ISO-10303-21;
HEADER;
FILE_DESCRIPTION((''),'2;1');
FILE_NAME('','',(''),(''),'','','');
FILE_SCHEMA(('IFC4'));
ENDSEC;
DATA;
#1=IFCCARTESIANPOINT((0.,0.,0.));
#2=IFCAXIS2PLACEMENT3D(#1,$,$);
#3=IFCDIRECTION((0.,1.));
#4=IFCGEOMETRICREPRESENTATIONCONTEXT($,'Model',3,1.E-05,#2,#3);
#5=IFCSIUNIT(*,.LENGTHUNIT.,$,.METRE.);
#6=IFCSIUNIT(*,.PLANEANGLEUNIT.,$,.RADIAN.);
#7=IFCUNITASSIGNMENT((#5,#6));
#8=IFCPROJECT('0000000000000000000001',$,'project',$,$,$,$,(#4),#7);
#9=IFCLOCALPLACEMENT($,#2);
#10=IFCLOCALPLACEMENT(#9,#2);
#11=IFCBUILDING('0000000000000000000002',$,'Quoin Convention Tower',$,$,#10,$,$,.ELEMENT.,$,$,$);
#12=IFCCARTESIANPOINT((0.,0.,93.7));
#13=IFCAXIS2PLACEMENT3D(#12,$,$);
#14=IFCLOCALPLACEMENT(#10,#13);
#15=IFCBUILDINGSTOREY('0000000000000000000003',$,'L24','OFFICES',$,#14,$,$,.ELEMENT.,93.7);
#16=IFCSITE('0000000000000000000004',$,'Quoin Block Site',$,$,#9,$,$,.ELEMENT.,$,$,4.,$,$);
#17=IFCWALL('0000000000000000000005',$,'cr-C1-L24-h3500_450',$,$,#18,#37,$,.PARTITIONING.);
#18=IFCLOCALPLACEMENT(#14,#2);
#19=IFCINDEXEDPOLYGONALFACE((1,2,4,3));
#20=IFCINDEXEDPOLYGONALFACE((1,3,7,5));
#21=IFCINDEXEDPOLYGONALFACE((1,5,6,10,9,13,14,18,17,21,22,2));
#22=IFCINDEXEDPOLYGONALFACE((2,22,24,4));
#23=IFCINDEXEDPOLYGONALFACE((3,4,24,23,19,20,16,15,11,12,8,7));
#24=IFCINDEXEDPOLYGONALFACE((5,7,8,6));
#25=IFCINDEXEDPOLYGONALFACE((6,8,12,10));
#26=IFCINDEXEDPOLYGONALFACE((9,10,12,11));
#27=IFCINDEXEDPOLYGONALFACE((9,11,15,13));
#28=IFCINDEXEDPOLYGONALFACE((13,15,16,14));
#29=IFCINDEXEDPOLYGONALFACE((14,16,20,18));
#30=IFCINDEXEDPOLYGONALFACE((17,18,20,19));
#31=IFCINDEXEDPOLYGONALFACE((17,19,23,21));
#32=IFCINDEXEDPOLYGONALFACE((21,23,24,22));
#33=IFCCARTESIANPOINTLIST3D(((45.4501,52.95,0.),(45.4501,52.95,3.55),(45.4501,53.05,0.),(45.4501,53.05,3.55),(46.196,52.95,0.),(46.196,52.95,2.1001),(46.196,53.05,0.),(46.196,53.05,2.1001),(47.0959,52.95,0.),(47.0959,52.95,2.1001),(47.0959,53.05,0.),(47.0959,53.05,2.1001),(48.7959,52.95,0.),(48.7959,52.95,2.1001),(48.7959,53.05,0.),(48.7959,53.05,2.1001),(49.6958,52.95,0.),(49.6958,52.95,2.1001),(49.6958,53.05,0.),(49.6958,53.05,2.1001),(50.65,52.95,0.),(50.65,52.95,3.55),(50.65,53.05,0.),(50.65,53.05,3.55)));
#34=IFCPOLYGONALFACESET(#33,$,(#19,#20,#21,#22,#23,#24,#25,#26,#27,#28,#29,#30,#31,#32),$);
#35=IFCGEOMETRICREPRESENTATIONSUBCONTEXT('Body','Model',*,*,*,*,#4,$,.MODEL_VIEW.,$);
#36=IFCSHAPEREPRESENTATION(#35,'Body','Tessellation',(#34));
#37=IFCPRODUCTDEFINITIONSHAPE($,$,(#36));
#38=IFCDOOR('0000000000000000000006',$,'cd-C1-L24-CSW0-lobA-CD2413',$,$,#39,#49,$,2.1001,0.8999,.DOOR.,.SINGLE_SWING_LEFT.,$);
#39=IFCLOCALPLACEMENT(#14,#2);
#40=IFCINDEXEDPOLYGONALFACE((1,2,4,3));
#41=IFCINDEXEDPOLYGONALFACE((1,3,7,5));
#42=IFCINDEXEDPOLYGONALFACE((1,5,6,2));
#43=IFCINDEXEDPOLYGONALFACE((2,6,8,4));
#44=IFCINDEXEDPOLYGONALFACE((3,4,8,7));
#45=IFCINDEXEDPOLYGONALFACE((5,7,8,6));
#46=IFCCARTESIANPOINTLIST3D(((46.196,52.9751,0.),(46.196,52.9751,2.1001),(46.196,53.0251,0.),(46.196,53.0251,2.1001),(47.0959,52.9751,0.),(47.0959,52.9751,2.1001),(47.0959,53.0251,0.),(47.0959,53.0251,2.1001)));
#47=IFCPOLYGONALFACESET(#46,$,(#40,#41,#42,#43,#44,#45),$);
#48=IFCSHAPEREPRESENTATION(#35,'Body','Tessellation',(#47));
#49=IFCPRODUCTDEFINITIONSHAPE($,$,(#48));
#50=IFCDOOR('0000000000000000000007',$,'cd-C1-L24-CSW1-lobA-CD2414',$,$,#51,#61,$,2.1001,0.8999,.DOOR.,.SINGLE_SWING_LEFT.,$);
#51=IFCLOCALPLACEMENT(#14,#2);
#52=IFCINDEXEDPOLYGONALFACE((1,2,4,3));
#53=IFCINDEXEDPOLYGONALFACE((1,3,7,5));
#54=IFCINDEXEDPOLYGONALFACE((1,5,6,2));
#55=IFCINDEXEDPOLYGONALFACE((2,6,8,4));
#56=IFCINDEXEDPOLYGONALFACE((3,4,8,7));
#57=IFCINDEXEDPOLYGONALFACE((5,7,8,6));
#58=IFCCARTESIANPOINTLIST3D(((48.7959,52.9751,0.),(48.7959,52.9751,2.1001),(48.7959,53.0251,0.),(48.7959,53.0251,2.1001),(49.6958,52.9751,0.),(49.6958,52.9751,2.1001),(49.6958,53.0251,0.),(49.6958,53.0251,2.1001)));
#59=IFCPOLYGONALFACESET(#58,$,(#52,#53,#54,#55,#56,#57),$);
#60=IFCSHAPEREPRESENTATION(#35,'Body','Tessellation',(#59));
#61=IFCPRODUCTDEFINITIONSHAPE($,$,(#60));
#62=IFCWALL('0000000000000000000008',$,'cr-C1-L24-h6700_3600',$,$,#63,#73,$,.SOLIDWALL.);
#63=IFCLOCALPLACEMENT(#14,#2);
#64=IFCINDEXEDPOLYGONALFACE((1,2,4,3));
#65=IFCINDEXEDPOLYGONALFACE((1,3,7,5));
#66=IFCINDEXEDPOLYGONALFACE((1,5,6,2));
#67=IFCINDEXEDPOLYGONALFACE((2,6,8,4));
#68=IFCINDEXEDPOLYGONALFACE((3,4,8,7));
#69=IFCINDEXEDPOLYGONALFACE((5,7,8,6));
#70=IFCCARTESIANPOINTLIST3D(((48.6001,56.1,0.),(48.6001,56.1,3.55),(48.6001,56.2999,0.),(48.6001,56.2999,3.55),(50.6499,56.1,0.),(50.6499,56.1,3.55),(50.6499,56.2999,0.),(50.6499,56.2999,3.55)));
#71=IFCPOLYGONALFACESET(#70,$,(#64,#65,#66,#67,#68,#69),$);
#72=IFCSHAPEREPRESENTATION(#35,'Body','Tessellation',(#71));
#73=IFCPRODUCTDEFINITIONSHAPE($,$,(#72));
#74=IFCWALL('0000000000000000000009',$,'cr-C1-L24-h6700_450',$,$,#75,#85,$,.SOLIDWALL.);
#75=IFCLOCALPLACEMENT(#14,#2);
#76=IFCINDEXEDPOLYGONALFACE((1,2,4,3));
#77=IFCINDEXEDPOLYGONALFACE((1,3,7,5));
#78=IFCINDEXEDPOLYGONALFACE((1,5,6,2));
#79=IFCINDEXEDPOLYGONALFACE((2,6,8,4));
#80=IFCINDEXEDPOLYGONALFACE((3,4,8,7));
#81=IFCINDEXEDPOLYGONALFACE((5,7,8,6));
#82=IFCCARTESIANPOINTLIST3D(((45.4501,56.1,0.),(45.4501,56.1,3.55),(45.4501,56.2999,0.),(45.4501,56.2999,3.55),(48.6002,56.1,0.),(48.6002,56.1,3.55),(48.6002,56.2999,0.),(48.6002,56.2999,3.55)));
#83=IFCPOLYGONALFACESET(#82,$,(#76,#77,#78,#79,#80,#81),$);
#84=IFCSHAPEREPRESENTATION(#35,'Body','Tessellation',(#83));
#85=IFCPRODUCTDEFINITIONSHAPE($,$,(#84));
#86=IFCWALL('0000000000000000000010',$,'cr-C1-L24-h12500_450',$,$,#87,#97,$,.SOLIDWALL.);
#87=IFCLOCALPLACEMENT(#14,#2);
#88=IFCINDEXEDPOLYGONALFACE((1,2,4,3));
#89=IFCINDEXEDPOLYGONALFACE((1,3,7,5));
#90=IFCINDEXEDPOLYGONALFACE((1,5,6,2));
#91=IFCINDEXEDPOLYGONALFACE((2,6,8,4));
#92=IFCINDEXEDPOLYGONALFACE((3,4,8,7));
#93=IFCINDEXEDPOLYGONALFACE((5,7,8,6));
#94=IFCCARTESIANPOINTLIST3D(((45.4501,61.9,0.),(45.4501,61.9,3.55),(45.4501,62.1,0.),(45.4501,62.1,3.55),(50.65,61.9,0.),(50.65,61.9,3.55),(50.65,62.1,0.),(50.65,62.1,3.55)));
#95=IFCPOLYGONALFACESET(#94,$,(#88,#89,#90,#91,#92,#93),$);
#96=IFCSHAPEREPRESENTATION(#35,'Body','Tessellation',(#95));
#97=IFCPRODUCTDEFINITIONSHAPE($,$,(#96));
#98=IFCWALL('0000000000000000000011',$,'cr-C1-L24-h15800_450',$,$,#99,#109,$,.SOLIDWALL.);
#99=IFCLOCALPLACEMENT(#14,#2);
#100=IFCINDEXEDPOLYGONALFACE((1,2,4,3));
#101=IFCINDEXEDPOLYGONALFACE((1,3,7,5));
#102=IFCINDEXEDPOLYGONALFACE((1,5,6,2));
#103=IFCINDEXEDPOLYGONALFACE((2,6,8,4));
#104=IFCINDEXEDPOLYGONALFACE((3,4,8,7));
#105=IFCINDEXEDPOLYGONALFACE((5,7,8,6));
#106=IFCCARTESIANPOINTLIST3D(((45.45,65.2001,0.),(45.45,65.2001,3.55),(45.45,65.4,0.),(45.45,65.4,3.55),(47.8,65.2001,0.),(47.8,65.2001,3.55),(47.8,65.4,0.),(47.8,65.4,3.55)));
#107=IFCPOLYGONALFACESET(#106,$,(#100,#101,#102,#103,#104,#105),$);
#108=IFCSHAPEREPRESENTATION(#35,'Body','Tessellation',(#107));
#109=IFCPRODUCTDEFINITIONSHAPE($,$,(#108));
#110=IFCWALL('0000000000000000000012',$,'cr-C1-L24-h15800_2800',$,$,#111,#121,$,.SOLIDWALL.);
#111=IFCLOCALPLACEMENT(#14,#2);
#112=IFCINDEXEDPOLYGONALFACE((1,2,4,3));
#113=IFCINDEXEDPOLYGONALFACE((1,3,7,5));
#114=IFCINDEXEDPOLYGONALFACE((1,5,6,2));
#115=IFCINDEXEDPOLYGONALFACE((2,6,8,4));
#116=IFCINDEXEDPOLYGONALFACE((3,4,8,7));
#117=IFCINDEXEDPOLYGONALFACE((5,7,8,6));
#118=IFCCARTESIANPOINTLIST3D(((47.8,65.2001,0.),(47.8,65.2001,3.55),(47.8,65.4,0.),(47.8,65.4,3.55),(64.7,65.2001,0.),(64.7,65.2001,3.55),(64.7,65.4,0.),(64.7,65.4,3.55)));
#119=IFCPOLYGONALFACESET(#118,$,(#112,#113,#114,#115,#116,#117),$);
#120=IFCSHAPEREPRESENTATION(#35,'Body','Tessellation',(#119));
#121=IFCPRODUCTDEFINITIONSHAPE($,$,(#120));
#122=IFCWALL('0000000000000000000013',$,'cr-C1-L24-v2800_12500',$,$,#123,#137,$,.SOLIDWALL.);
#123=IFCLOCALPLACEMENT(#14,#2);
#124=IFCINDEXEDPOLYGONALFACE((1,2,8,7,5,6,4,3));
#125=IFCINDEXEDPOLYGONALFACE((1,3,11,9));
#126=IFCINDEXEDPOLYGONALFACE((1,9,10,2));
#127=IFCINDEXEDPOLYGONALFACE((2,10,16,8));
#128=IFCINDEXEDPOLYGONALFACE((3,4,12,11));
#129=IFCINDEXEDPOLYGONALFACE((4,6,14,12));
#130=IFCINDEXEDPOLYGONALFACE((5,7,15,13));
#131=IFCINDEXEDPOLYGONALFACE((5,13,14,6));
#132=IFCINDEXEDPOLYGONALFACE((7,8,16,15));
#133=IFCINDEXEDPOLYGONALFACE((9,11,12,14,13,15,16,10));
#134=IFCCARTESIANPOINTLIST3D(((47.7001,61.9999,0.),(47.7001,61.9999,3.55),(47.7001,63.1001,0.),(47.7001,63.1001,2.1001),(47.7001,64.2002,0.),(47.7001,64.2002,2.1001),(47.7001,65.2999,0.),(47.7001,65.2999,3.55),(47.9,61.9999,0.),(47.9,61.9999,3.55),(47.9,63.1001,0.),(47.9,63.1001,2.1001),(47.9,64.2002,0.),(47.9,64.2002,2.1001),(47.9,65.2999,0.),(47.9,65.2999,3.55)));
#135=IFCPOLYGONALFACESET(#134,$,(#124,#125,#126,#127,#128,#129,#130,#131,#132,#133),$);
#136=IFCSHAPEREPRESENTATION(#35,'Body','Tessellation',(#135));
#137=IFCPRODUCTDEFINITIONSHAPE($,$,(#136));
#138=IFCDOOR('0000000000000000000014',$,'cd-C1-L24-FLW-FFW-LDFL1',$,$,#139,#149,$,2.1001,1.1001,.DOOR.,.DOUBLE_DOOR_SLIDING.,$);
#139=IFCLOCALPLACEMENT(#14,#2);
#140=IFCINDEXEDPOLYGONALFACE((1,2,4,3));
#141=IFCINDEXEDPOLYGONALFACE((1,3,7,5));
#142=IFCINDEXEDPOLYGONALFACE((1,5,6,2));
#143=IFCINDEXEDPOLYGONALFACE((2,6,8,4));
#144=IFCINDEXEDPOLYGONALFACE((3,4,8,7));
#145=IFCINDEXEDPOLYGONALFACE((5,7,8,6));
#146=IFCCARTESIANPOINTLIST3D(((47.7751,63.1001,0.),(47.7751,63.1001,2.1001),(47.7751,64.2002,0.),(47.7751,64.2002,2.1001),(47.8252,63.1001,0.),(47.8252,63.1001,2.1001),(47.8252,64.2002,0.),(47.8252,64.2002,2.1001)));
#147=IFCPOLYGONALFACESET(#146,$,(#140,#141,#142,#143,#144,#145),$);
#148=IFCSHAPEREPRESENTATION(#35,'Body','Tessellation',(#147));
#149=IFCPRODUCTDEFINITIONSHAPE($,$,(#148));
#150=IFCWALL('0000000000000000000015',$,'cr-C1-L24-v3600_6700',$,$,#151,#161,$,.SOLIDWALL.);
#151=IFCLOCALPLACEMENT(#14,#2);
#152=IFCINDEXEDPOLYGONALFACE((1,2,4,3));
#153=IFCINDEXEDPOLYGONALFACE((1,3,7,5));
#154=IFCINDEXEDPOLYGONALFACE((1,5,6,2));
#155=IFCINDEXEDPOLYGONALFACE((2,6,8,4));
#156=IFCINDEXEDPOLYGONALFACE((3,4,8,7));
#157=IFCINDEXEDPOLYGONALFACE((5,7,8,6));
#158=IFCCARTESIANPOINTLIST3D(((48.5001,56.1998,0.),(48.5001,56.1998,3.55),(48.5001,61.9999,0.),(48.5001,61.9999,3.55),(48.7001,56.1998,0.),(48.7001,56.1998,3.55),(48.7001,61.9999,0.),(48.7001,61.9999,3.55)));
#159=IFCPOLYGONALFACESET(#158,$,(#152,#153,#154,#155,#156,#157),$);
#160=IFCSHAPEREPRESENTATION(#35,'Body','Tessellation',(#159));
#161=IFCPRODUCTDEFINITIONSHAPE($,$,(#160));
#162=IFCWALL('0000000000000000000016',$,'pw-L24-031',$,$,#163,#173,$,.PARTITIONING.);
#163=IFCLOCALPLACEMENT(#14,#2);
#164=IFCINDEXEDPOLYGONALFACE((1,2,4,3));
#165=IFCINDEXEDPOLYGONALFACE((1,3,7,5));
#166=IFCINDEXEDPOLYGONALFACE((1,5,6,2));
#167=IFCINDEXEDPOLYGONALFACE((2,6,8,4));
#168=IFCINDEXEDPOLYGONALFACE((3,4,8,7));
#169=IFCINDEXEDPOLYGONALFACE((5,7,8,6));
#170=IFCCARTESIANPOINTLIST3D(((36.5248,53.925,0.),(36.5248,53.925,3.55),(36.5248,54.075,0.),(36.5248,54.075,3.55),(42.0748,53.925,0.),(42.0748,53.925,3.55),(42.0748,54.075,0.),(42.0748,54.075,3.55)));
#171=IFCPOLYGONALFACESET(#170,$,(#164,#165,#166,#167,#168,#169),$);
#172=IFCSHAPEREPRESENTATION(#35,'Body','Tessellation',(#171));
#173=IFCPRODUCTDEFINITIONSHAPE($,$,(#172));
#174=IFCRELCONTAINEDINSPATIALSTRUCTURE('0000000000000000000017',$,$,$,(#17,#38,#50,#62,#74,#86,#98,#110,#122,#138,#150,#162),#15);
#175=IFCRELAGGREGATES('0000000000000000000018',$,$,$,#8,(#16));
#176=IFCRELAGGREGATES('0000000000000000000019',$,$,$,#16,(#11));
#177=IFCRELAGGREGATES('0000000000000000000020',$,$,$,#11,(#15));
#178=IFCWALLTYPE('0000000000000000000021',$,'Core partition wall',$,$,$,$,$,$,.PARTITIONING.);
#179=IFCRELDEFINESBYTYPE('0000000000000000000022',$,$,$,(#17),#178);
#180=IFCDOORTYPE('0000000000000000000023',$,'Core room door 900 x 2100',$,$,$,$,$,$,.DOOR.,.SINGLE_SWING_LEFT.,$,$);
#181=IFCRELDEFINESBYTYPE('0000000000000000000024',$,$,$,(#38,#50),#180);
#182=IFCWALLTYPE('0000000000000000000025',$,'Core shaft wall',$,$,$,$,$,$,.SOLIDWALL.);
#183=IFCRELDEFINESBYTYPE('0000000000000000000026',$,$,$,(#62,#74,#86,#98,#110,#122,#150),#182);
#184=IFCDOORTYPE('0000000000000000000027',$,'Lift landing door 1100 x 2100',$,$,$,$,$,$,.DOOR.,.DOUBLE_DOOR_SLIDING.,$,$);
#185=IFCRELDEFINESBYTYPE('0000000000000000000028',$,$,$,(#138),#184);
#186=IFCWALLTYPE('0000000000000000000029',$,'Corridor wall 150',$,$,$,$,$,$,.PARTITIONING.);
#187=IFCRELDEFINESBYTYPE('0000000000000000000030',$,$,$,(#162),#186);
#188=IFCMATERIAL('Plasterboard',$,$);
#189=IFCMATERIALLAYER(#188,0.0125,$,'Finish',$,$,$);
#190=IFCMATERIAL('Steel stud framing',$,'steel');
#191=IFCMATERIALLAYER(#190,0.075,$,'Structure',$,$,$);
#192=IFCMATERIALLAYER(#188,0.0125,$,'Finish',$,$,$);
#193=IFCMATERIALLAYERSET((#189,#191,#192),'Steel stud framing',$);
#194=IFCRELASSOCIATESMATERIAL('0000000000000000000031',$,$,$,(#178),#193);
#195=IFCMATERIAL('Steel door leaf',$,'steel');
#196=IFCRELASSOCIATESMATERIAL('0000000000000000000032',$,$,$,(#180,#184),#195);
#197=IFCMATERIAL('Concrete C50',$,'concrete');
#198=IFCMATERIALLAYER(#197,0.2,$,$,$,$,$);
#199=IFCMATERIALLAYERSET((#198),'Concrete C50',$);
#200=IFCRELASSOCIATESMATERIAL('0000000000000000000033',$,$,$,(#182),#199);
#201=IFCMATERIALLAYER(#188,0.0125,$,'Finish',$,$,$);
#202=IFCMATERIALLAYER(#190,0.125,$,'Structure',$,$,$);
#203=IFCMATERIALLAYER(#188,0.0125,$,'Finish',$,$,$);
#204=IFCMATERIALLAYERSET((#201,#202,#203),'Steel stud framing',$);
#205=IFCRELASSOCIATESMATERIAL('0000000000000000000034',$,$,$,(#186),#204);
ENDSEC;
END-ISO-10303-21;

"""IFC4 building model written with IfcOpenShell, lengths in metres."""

from ifc_helpers import new_model, si_unit, direction, frame, frame_2d, origin, place, context, subcontext, project, spatial, rectangle, extrude, material, layer, layer_set, type_object, element, fill, save


model = new_model("IFC4")

# Units and contexts
model_context = context("Model", 3, precision=1e-05, world=origin(), true_north=direction((0.0, 1.0)))
body_context = subcontext(model_context, "Body", "Model", "MODEL_VIEW")
ifc_project = project(units=[si_unit("LENGTHUNIT", "METRE"), si_unit("PLANEANGLEUNIT", "RADIAN")], contexts=[model_context])

# Site, building, storey
site_placement = place(None, origin())
site = spatial("IfcSite", under=ifc_project, at=site_placement, Name="Quoin Block Site", CompositionType="ELEMENT", RefElevation=4.0)
building_placement = place(site_placement, origin())
building = spatial("IfcBuilding", under=site, at=building_placement, Name="Quoin Convention Tower", CompositionType="ELEMENT")
storey_placement = place(building_placement, frame((0.0, 0.0, 93.7)))
storey = spatial("IfcBuildingStorey", under=building, at=storey_placement, Name="L24", Description="OFFICES", CompositionType="ELEMENT", Elevation=93.7)

# Wall, openings, doors
ifc_material_1 = material(Name="Plasterboard")
ifc_layer_1 = layer(ifc_material_1, 0.0125, Name="Finish")
ifc_material_2 = material(Name="Steel stud framing", Category="steel")
ifc_layer_2 = layer(ifc_material_2, 0.075, Name="Structure")
ifc_layer_3 = layer(ifc_material_1, 0.0125, Name="Finish")
ifc_layer_set_1 = layer_set([ifc_layer_1, ifc_layer_2, ifc_layer_3], Name="Steel stud framing")
wall_type_1 = type_object("IfcWallType", Name="Core partition wall", PredefinedType="PARTITIONING", material=ifc_layer_set_1)
wall_1_placement = place(storey_placement, frame((45.45, 53.0, 0.0), z_axis=(0.0, 0.0, 1.0), x_axis=(1.0, 0.0, 0.0)))
wall_1 = element("IfcWall", 1, at=wall_1_placement, inside=storey, type_object=wall_type_1, Name="cr-C1-L24-h3500_450", PredefinedType="PARTITIONING", context=body_context, shape_type="SweptSolid", body=[
    extrude(rectangle(XDim=5.2, YDim=0.1001, at=frame_2d((2.6001, 0.0))), origin(), (0.0, 0.0, 1.0), 3.55),
])
opening_1_placement = place(wall_1_placement, frame((0.7461, 0.0, 0.0)))
opening_1 = element("IfcOpeningElement", 2, at=opening_1_placement, cuts=wall_1, PredefinedType="OPENING", context=body_context, shape_type="SweptSolid", body=[
    extrude(rectangle(XDim=0.8999, YDim=2.1001, at=frame_2d((0.45, 1.05))), frame((0.0, 0.0601, 0.0), z_axis=(0.0, -1.0, 0.0), x_axis=(1.0, 0.0, 0.0)), (0.0, 0.0, 1.0), 0.1201),
])
opening_2_placement = place(wall_1_placement, frame((3.3459, 0.0, 0.0)))
opening_2 = element("IfcOpeningElement", 3, at=opening_2_placement, cuts=wall_1, PredefinedType="OPENING", context=body_context, shape_type="SweptSolid", body=[
    extrude(rectangle(XDim=0.8999, YDim=2.1001, at=frame_2d((0.45, 1.05))), frame((0.0, 0.0601, 0.0), z_axis=(0.0, -1.0, 0.0), x_axis=(1.0, 0.0, 0.0)), (0.0, 0.0, 1.0), 0.1201),
])
ifc_material_3 = material(Name="Steel door leaf", Category="steel")
door_type_1 = type_object("IfcDoorType", Name="Core room door 900 x 2100", OperationType="SINGLE_SWING_LEFT", PredefinedType="DOOR", material=ifc_material_3)
door_1_placement = place(opening_1_placement, frame((0.8999, 0.0, 0.0), z_axis=(0.0, 0.0, 1.0), x_axis=(-1.0, 0.0, 0.0)))
door_1 = element("IfcDoor", 4, at=door_1_placement, inside=storey, type_object=door_type_1, Name="cd-C1-L24-CSW0-lobA-CD2413", OperationType="SINGLE_SWING_LEFT", OverallHeight=2.1001, OverallWidth=0.8999, PredefinedType="DOOR", context=body_context, shape_type="SweptSolid", body=[
    extrude(rectangle(XDim=0.8999, YDim=2.1001, at=frame_2d((0.45, 1.05))), frame((0.0, 0.0249, 0.0), z_axis=(0.0, -1.0, 0.0), x_axis=(1.0, 0.0, 0.0)), (0.0, 0.0, 1.0), 0.05),
])
fill(opening_1, door_1)
door_2_placement = place(opening_2_placement, frame((0.8999, 0.0, 0.0), z_axis=(0.0, 0.0, 1.0), x_axis=(-1.0, 0.0, 0.0)))
door_2 = element("IfcDoor", 5, at=door_2_placement, inside=storey, type_object=door_type_1, Name="cd-C1-L24-CSW1-lobA-CD2414", OperationType="SINGLE_SWING_LEFT", OverallHeight=2.1001, OverallWidth=0.8999, PredefinedType="DOOR", context=body_context, shape_type="SweptSolid", body=[
    extrude(rectangle(XDim=0.8999, YDim=2.1001, at=frame_2d((0.45, 1.05))), frame((0.0, 0.0249, 0.0), z_axis=(0.0, -1.0, 0.0), x_axis=(1.0, 0.0, 0.0)), (0.0, 0.0, 1.0), 0.05),
])
fill(opening_2, door_2)

# Walls
ifc_material_4 = material(Name="Concrete C50", Category="concrete")
ifc_layer_4 = layer(ifc_material_4, 0.2)
ifc_layer_set_2 = layer_set([ifc_layer_4], Name="Concrete C50")
wall_type_2 = type_object("IfcWallType", Name="Core shaft wall", PredefinedType="SOLIDWALL", material=ifc_layer_set_2)
wall_2_placement = place(storey_placement, frame((48.6001, 56.2, 0.0), z_axis=(0.0, 0.0, 1.0), x_axis=(1.0, 0.0, 0.0)))
element("IfcWall", 6, at=wall_2_placement, inside=storey, type_object=wall_type_2, Name="cr-C1-L24-h6700_3600", PredefinedType="SOLIDWALL", context=body_context, shape_type="SweptSolid", body=[
    extrude(rectangle(XDim=2.0498, YDim=0.2, at=frame_2d((1.0249, 0.0))), origin(), (0.0, 0.0, 1.0), 3.55),
])
wall_3_placement = place(storey_placement, frame((45.45, 56.2, 0.0), z_axis=(0.0, 0.0, 1.0), x_axis=(1.0, 0.0, 0.0)))
element("IfcWall", 7, at=wall_3_placement, inside=storey, type_object=wall_type_2, Name="cr-C1-L24-h6700_450", PredefinedType="SOLIDWALL", context=body_context, shape_type="SweptSolid", body=[
    extrude(rectangle(XDim=3.1501, YDim=0.2, at=frame_2d((1.5752, 0.0))), origin(), (0.0, 0.0, 1.0), 3.55),
])
wall_4_placement = place(storey_placement, frame((45.45, 62.0, 0.0), z_axis=(0.0, 0.0, 1.0), x_axis=(1.0, 0.0, 0.0)))
element("IfcWall", 8, at=wall_4_placement, inside=storey, type_object=wall_type_2, Name="cr-C1-L24-h12500_450", PredefinedType="SOLIDWALL", context=body_context, shape_type="SweptSolid", body=[
    extrude(rectangle(XDim=5.2, YDim=0.2, at=frame_2d((2.6001, 0.0))), origin(), (0.0, 0.0, 1.0), 3.55),
])
wall_5_placement = place(storey_placement, frame((45.45, 65.3, 0.0), z_axis=(0.0, 0.0, 1.0), x_axis=(1.0, 0.0, 0.0)))
element("IfcWall", 9, at=wall_5_placement, inside=storey, type_object=wall_type_2, Name="cr-C1-L24-h15800_450", PredefinedType="SOLIDWALL", context=body_context, shape_type="SweptSolid", body=[
    extrude(rectangle(XDim=2.3501, YDim=0.2, at=frame_2d((1.175, 0.0))), origin(), (0.0, 0.0, 1.0), 3.55),
])
wall_6_placement = place(storey_placement, frame((47.8, 65.3, 0.0), z_axis=(0.0, 0.0, 1.0), x_axis=(1.0, 0.0, 0.0)))
element("IfcWall", 10, at=wall_6_placement, inside=storey, type_object=wall_type_2, Name="cr-C1-L24-h15800_2800", PredefinedType="SOLIDWALL", context=body_context, shape_type="SweptSolid", body=[
    extrude(rectangle(XDim=16.8999, YDim=0.2, at=frame_2d((8.45, 0.0))), origin(), (0.0, 0.0, 1.0), 3.55),
])

# Wall, opening, door
wall_7_placement = place(storey_placement, frame((47.8, 62.0, 0.0), z_axis=(0.0, 0.0, 1.0), x_axis=(0.0, 1.0, 0.0)))
wall_7 = element("IfcWall", 11, at=wall_7_placement, inside=storey, type_object=wall_type_2, Name="cr-C1-L24-v2800_12500", PredefinedType="SOLIDWALL", context=body_context, shape_type="SweptSolid", body=[
    extrude(rectangle(XDim=3.3, YDim=0.2, at=frame_2d((1.6499, 0.0))), origin(), (0.0, 0.0, 1.0), 3.55),
])
opening_3_placement = place(wall_7_placement, frame((1.1001, 0.0, 0.0)))
opening_3 = element("IfcOpeningElement", 12, at=opening_3_placement, cuts=wall_7, PredefinedType="OPENING", context=body_context, shape_type="SweptSolid", body=[
    extrude(rectangle(XDim=1.1001, YDim=2.1001, at=frame_2d((0.55, 1.05))), frame((0.0, 0.1099, 0.0), z_axis=(0.0, -1.0, 0.0), x_axis=(1.0, 0.0, 0.0)), (0.0, 0.0, 1.0), 0.22),
])
door_type_2 = type_object("IfcDoorType", Name="Lift landing door 1100 x 2100", OperationType="DOUBLE_DOOR_SLIDING", PredefinedType="DOOR", material=ifc_material_3)
door_3_placement = place(opening_3_placement, origin())
door_3 = element("IfcDoor", 13, at=door_3_placement, inside=storey, type_object=door_type_2, Name="cd-C1-L24-FLW-FFW-LDFL1", OperationType="DOUBLE_DOOR_SLIDING", OverallHeight=2.1001, OverallWidth=1.1001, PredefinedType="DOOR", context=body_context, shape_type="SweptSolid", body=[
    extrude(rectangle(XDim=1.1001, YDim=2.1001, at=frame_2d((0.55, 1.05))), frame((0.0, 0.0249, 0.0), z_axis=(0.0, -1.0, 0.0), x_axis=(1.0, 0.0, 0.0)), (0.0, 0.0, 1.0), 0.05),
])
fill(opening_3, door_3)

# Walls
wall_8_placement = place(storey_placement, frame((48.6001, 56.2, 0.0), z_axis=(0.0, 0.0, 1.0), x_axis=(0.0, 1.0, 0.0)))
element("IfcWall", 14, at=wall_8_placement, inside=storey, type_object=wall_type_2, Name="cr-C1-L24-v3600_6700", PredefinedType="SOLIDWALL", context=body_context, shape_type="SweptSolid", body=[
    extrude(rectangle(XDim=5.8, YDim=0.2, at=frame_2d((2.8999, 0.0))), origin(), (0.0, 0.0, 1.0), 3.55),
])
ifc_layer_5 = layer(ifc_material_1, 0.0125, Name="Finish")
ifc_layer_6 = layer(ifc_material_2, 0.125, Name="Structure")
ifc_layer_7 = layer(ifc_material_1, 0.0125, Name="Finish")
ifc_layer_set_3 = layer_set([ifc_layer_5, ifc_layer_6, ifc_layer_7], Name="Steel stud framing")
wall_type_3 = type_object("IfcWallType", Name="Corridor wall 150", PredefinedType="PARTITIONING", material=ifc_layer_set_3)
wall_9_placement = place(storey_placement, frame((36.5249, 54.0, 0.0), z_axis=(0.0, 0.0, 1.0), x_axis=(1.0, 0.0, 0.0)))
element("IfcWall", 15, at=wall_9_placement, inside=storey, type_object=wall_type_3, Name="pw-L24-031", PredefinedType="PARTITIONING", context=body_context, shape_type="SweptSolid", body=[
    extrude(rectangle(XDim=5.55, YDim=0.1499, at=frame_2d((2.7749, 0.0))), origin(), (0.0, 0.0, 1.0), 3.55),
])

save(model, "model.ifc")
